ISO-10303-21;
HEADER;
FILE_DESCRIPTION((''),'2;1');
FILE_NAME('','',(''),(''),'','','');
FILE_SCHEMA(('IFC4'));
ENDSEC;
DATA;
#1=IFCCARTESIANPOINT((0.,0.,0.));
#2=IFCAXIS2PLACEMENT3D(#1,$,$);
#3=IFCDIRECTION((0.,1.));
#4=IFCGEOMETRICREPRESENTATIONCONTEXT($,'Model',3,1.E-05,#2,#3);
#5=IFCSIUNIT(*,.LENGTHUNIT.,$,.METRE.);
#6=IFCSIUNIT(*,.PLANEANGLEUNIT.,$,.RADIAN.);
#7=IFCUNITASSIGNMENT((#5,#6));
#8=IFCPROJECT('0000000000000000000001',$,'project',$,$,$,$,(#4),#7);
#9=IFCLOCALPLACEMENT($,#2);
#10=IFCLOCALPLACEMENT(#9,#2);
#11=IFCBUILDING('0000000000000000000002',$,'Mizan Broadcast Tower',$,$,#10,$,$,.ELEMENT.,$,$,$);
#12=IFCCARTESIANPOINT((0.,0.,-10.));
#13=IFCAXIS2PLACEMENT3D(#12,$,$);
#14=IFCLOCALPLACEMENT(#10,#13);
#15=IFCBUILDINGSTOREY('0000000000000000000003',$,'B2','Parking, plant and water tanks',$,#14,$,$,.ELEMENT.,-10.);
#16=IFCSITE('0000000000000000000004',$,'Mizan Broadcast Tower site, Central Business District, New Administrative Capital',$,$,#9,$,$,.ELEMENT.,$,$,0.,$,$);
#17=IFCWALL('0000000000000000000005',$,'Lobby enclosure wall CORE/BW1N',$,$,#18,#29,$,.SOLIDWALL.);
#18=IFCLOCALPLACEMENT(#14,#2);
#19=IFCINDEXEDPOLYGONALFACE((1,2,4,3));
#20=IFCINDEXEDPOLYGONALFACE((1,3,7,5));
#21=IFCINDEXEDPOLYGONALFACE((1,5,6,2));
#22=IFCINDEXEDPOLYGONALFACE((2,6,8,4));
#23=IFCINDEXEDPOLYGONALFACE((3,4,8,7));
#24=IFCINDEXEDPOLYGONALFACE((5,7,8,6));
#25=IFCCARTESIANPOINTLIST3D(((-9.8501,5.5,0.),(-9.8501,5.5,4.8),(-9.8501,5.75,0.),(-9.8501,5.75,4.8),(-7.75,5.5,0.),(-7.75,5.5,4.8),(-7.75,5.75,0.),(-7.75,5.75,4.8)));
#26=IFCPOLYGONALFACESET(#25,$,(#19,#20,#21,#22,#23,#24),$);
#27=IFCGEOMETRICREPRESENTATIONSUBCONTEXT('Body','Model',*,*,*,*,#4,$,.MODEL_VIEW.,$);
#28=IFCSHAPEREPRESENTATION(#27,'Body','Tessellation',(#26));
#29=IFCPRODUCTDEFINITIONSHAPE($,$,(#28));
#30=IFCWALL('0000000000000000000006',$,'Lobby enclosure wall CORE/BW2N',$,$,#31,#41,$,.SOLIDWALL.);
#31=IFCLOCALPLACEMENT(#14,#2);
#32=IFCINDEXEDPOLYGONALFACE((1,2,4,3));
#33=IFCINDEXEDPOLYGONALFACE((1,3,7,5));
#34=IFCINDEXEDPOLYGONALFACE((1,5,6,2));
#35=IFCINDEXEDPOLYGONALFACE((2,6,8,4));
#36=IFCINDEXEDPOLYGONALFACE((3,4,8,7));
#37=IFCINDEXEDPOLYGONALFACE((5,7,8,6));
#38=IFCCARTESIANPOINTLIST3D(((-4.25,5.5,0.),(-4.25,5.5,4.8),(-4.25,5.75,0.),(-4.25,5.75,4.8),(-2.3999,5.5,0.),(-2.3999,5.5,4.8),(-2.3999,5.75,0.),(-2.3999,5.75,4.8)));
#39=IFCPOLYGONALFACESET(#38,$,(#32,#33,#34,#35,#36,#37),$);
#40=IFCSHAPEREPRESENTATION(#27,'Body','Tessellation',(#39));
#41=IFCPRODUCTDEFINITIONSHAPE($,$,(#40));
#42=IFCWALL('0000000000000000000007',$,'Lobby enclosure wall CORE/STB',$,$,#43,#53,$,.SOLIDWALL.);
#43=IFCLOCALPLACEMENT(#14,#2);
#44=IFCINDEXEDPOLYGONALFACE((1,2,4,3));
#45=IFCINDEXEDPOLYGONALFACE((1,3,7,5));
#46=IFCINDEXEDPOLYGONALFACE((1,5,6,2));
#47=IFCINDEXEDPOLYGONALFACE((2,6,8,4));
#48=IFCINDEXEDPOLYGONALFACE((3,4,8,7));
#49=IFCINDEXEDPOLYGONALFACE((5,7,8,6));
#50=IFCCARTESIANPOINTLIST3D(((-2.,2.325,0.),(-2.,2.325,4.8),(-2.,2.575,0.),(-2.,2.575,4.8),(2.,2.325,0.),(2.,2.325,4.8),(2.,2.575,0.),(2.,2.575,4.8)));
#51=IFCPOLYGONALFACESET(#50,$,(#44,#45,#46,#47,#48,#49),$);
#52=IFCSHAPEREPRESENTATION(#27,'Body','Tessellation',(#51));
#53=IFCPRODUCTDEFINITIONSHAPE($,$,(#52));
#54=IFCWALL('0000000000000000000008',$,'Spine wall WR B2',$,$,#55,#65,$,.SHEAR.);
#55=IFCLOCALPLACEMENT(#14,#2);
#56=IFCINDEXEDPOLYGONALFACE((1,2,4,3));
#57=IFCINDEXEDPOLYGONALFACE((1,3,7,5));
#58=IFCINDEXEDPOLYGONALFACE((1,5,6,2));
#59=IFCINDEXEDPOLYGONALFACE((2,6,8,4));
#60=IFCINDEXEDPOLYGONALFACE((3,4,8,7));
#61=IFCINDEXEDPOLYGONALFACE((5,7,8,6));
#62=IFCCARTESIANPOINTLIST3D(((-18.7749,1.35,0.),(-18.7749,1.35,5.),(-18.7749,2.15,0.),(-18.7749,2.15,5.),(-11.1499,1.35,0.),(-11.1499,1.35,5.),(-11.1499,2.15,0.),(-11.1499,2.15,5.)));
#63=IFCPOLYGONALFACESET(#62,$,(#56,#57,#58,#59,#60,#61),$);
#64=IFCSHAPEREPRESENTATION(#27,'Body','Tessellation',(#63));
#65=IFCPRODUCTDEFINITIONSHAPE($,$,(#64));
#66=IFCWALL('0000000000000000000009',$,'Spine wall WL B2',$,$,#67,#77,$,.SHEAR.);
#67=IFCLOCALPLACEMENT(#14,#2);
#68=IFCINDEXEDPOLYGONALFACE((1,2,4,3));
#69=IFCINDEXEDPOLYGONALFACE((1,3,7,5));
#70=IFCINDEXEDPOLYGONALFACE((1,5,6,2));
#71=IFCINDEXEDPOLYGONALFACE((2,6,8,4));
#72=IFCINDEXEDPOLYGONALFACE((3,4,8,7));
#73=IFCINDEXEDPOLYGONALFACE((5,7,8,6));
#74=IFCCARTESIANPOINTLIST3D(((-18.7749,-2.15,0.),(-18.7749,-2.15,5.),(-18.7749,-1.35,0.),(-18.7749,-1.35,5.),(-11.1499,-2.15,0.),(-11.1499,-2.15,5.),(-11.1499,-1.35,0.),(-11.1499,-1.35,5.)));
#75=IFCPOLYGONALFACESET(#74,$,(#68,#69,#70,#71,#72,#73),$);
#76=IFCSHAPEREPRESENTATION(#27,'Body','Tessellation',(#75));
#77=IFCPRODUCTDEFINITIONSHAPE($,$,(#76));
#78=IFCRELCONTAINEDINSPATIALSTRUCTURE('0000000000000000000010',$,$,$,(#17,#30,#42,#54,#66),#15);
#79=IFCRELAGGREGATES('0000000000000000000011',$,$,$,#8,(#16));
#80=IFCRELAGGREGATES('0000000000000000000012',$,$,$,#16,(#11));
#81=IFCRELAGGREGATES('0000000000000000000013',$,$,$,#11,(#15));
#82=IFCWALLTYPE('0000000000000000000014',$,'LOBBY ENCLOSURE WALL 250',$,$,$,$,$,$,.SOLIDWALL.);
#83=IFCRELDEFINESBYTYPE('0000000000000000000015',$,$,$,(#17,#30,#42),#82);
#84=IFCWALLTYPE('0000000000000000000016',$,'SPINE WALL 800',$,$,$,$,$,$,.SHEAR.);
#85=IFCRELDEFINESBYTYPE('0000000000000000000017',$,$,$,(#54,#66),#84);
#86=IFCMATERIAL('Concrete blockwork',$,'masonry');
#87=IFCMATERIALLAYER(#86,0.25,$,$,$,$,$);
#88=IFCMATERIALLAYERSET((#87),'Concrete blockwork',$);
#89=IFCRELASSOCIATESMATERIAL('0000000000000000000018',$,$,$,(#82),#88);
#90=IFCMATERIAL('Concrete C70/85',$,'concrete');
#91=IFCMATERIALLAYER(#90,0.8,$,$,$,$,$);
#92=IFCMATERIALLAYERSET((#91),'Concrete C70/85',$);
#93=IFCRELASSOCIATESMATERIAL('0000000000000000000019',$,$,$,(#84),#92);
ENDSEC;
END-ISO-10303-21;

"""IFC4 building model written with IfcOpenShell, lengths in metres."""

from ifc_helpers import new_model, si_unit, direction, frame, frame_2d, origin, place, context, subcontext, project, spatial, rectangle, extrude, material, layer, layer_set, type_object, element, save


model = new_model("IFC4")

# Units and contexts
model_context = context("Model", 3, precision=1e-05, world=origin(), true_north=direction((0.0, 1.0)))
body_context = subcontext(model_context, "Body", "Model", "MODEL_VIEW")
ifc_project = project(units=[si_unit("LENGTHUNIT", "METRE"), si_unit("PLANEANGLEUNIT", "RADIAN")], contexts=[model_context])

# Site, building, storey
site_placement = place(None, origin())
site = spatial("IfcSite", under=ifc_project, at=site_placement, Name="Mizan Broadcast Tower site, Central Business District, New Administrative Capital", CompositionType="ELEMENT", RefElevation=0.0)
building_placement = place(site_placement, origin())
building = spatial("IfcBuilding", under=site, at=building_placement, Name="Mizan Broadcast Tower", CompositionType="ELEMENT")
storey_placement = place(building_placement, frame((0.0, 0.0, -10.0)))
storey = spatial("IfcBuildingStorey", under=building, at=storey_placement, Name="B2", Description="Parking, plant and water tanks", CompositionType="ELEMENT", Elevation=-10.0)

# Walls
ifc_material_1 = material(Name="Concrete blockwork", Category="masonry")
ifc_layer_1 = layer(ifc_material_1, 0.25)
ifc_layer_set_1 = layer_set([ifc_layer_1], Name="Concrete blockwork")
wall_type_1 = type_object("IfcWallType", Name="LOBBY ENCLOSURE WALL 250", PredefinedType="SOLIDWALL", material=ifc_layer_set_1)
wall_1_placement = place(storey_placement, frame((-9.8501, 5.625, 0.0), z_axis=(0.0, 0.0, 1.0), x_axis=(1.0, 0.0, 0.0)))
element("IfcWall", 1, at=wall_1_placement, inside=storey, type_object=wall_type_1, Name="Lobby enclosure wall CORE/BW1N", PredefinedType="SOLIDWALL", context=body_context, shape_type="SweptSolid", body=[
    extrude(rectangle(XDim=2.1001, YDim=0.25, at=frame_2d((1.05, 0.0))), origin(), (0.0, 0.0, 1.0), 4.8),
])
wall_2_placement = place(storey_placement, frame((-4.25, 5.625, 0.0), z_axis=(0.0, 0.0, 1.0), x_axis=(1.0, 0.0, 0.0)))
element("IfcWall", 2, at=wall_2_placement, inside=storey, type_object=wall_type_1, Name="Lobby enclosure wall CORE/BW2N", PredefinedType="SOLIDWALL", context=body_context, shape_type="SweptSolid", body=[
    extrude(rectangle(XDim=1.8501, YDim=0.25, at=frame_2d((0.925, 0.0))), origin(), (0.0, 0.0, 1.0), 4.8),
])
wall_3_placement = place(storey_placement, frame((-2.0, 2.45, 0.0), z_axis=(0.0, 0.0, 1.0), x_axis=(1.0, 0.0, 0.0)))
element("IfcWall", 3, at=wall_3_placement, inside=storey, type_object=wall_type_1, Name="Lobby enclosure wall CORE/STB", PredefinedType="SOLIDWALL", context=body_context, shape_type="SweptSolid", body=[
    extrude(rectangle(XDim=4.0, YDim=0.25, at=frame_2d((2.0, 0.0))), origin(), (0.0, 0.0, 1.0), 4.8),
])
ifc_material_2 = material(Name="Concrete C70/85", Category="concrete")
ifc_layer_2 = layer(ifc_material_2, 0.8)
ifc_layer_set_2 = layer_set([ifc_layer_2], Name="Concrete C70/85")
wall_type_2 = type_object("IfcWallType", Name="SPINE WALL 800", PredefinedType="SHEAR", material=ifc_layer_set_2)
for number, where, z_axis, x_axis, name in (
    (4, (-11.1499, 1.75, 0.0), (0.0, 0.0, 1.0), (-1.0, 0.0, 0.0), "Spine wall WR B2"),
    (5, (-11.1499, -1.75, 0.0), (0.0, 0.0, 1.0), (-1.0, 0.0, 0.0), "Spine wall WL B2"),
):
    element("IfcWall", number, at=place(storey_placement, frame(where, z_axis=z_axis, x_axis=x_axis)), inside=storey, type_object=wall_type_2, Name=name, PredefinedType="SHEAR", context=body_context, shape_type="SweptSolid", body=[
        extrude(rectangle(XDim=7.625, YDim=0.8, at=frame_2d((3.8125, 0.0))), origin(), (0.0, 0.0, 1.0), 5.0),
    ])

save(model, "model.ifc")
